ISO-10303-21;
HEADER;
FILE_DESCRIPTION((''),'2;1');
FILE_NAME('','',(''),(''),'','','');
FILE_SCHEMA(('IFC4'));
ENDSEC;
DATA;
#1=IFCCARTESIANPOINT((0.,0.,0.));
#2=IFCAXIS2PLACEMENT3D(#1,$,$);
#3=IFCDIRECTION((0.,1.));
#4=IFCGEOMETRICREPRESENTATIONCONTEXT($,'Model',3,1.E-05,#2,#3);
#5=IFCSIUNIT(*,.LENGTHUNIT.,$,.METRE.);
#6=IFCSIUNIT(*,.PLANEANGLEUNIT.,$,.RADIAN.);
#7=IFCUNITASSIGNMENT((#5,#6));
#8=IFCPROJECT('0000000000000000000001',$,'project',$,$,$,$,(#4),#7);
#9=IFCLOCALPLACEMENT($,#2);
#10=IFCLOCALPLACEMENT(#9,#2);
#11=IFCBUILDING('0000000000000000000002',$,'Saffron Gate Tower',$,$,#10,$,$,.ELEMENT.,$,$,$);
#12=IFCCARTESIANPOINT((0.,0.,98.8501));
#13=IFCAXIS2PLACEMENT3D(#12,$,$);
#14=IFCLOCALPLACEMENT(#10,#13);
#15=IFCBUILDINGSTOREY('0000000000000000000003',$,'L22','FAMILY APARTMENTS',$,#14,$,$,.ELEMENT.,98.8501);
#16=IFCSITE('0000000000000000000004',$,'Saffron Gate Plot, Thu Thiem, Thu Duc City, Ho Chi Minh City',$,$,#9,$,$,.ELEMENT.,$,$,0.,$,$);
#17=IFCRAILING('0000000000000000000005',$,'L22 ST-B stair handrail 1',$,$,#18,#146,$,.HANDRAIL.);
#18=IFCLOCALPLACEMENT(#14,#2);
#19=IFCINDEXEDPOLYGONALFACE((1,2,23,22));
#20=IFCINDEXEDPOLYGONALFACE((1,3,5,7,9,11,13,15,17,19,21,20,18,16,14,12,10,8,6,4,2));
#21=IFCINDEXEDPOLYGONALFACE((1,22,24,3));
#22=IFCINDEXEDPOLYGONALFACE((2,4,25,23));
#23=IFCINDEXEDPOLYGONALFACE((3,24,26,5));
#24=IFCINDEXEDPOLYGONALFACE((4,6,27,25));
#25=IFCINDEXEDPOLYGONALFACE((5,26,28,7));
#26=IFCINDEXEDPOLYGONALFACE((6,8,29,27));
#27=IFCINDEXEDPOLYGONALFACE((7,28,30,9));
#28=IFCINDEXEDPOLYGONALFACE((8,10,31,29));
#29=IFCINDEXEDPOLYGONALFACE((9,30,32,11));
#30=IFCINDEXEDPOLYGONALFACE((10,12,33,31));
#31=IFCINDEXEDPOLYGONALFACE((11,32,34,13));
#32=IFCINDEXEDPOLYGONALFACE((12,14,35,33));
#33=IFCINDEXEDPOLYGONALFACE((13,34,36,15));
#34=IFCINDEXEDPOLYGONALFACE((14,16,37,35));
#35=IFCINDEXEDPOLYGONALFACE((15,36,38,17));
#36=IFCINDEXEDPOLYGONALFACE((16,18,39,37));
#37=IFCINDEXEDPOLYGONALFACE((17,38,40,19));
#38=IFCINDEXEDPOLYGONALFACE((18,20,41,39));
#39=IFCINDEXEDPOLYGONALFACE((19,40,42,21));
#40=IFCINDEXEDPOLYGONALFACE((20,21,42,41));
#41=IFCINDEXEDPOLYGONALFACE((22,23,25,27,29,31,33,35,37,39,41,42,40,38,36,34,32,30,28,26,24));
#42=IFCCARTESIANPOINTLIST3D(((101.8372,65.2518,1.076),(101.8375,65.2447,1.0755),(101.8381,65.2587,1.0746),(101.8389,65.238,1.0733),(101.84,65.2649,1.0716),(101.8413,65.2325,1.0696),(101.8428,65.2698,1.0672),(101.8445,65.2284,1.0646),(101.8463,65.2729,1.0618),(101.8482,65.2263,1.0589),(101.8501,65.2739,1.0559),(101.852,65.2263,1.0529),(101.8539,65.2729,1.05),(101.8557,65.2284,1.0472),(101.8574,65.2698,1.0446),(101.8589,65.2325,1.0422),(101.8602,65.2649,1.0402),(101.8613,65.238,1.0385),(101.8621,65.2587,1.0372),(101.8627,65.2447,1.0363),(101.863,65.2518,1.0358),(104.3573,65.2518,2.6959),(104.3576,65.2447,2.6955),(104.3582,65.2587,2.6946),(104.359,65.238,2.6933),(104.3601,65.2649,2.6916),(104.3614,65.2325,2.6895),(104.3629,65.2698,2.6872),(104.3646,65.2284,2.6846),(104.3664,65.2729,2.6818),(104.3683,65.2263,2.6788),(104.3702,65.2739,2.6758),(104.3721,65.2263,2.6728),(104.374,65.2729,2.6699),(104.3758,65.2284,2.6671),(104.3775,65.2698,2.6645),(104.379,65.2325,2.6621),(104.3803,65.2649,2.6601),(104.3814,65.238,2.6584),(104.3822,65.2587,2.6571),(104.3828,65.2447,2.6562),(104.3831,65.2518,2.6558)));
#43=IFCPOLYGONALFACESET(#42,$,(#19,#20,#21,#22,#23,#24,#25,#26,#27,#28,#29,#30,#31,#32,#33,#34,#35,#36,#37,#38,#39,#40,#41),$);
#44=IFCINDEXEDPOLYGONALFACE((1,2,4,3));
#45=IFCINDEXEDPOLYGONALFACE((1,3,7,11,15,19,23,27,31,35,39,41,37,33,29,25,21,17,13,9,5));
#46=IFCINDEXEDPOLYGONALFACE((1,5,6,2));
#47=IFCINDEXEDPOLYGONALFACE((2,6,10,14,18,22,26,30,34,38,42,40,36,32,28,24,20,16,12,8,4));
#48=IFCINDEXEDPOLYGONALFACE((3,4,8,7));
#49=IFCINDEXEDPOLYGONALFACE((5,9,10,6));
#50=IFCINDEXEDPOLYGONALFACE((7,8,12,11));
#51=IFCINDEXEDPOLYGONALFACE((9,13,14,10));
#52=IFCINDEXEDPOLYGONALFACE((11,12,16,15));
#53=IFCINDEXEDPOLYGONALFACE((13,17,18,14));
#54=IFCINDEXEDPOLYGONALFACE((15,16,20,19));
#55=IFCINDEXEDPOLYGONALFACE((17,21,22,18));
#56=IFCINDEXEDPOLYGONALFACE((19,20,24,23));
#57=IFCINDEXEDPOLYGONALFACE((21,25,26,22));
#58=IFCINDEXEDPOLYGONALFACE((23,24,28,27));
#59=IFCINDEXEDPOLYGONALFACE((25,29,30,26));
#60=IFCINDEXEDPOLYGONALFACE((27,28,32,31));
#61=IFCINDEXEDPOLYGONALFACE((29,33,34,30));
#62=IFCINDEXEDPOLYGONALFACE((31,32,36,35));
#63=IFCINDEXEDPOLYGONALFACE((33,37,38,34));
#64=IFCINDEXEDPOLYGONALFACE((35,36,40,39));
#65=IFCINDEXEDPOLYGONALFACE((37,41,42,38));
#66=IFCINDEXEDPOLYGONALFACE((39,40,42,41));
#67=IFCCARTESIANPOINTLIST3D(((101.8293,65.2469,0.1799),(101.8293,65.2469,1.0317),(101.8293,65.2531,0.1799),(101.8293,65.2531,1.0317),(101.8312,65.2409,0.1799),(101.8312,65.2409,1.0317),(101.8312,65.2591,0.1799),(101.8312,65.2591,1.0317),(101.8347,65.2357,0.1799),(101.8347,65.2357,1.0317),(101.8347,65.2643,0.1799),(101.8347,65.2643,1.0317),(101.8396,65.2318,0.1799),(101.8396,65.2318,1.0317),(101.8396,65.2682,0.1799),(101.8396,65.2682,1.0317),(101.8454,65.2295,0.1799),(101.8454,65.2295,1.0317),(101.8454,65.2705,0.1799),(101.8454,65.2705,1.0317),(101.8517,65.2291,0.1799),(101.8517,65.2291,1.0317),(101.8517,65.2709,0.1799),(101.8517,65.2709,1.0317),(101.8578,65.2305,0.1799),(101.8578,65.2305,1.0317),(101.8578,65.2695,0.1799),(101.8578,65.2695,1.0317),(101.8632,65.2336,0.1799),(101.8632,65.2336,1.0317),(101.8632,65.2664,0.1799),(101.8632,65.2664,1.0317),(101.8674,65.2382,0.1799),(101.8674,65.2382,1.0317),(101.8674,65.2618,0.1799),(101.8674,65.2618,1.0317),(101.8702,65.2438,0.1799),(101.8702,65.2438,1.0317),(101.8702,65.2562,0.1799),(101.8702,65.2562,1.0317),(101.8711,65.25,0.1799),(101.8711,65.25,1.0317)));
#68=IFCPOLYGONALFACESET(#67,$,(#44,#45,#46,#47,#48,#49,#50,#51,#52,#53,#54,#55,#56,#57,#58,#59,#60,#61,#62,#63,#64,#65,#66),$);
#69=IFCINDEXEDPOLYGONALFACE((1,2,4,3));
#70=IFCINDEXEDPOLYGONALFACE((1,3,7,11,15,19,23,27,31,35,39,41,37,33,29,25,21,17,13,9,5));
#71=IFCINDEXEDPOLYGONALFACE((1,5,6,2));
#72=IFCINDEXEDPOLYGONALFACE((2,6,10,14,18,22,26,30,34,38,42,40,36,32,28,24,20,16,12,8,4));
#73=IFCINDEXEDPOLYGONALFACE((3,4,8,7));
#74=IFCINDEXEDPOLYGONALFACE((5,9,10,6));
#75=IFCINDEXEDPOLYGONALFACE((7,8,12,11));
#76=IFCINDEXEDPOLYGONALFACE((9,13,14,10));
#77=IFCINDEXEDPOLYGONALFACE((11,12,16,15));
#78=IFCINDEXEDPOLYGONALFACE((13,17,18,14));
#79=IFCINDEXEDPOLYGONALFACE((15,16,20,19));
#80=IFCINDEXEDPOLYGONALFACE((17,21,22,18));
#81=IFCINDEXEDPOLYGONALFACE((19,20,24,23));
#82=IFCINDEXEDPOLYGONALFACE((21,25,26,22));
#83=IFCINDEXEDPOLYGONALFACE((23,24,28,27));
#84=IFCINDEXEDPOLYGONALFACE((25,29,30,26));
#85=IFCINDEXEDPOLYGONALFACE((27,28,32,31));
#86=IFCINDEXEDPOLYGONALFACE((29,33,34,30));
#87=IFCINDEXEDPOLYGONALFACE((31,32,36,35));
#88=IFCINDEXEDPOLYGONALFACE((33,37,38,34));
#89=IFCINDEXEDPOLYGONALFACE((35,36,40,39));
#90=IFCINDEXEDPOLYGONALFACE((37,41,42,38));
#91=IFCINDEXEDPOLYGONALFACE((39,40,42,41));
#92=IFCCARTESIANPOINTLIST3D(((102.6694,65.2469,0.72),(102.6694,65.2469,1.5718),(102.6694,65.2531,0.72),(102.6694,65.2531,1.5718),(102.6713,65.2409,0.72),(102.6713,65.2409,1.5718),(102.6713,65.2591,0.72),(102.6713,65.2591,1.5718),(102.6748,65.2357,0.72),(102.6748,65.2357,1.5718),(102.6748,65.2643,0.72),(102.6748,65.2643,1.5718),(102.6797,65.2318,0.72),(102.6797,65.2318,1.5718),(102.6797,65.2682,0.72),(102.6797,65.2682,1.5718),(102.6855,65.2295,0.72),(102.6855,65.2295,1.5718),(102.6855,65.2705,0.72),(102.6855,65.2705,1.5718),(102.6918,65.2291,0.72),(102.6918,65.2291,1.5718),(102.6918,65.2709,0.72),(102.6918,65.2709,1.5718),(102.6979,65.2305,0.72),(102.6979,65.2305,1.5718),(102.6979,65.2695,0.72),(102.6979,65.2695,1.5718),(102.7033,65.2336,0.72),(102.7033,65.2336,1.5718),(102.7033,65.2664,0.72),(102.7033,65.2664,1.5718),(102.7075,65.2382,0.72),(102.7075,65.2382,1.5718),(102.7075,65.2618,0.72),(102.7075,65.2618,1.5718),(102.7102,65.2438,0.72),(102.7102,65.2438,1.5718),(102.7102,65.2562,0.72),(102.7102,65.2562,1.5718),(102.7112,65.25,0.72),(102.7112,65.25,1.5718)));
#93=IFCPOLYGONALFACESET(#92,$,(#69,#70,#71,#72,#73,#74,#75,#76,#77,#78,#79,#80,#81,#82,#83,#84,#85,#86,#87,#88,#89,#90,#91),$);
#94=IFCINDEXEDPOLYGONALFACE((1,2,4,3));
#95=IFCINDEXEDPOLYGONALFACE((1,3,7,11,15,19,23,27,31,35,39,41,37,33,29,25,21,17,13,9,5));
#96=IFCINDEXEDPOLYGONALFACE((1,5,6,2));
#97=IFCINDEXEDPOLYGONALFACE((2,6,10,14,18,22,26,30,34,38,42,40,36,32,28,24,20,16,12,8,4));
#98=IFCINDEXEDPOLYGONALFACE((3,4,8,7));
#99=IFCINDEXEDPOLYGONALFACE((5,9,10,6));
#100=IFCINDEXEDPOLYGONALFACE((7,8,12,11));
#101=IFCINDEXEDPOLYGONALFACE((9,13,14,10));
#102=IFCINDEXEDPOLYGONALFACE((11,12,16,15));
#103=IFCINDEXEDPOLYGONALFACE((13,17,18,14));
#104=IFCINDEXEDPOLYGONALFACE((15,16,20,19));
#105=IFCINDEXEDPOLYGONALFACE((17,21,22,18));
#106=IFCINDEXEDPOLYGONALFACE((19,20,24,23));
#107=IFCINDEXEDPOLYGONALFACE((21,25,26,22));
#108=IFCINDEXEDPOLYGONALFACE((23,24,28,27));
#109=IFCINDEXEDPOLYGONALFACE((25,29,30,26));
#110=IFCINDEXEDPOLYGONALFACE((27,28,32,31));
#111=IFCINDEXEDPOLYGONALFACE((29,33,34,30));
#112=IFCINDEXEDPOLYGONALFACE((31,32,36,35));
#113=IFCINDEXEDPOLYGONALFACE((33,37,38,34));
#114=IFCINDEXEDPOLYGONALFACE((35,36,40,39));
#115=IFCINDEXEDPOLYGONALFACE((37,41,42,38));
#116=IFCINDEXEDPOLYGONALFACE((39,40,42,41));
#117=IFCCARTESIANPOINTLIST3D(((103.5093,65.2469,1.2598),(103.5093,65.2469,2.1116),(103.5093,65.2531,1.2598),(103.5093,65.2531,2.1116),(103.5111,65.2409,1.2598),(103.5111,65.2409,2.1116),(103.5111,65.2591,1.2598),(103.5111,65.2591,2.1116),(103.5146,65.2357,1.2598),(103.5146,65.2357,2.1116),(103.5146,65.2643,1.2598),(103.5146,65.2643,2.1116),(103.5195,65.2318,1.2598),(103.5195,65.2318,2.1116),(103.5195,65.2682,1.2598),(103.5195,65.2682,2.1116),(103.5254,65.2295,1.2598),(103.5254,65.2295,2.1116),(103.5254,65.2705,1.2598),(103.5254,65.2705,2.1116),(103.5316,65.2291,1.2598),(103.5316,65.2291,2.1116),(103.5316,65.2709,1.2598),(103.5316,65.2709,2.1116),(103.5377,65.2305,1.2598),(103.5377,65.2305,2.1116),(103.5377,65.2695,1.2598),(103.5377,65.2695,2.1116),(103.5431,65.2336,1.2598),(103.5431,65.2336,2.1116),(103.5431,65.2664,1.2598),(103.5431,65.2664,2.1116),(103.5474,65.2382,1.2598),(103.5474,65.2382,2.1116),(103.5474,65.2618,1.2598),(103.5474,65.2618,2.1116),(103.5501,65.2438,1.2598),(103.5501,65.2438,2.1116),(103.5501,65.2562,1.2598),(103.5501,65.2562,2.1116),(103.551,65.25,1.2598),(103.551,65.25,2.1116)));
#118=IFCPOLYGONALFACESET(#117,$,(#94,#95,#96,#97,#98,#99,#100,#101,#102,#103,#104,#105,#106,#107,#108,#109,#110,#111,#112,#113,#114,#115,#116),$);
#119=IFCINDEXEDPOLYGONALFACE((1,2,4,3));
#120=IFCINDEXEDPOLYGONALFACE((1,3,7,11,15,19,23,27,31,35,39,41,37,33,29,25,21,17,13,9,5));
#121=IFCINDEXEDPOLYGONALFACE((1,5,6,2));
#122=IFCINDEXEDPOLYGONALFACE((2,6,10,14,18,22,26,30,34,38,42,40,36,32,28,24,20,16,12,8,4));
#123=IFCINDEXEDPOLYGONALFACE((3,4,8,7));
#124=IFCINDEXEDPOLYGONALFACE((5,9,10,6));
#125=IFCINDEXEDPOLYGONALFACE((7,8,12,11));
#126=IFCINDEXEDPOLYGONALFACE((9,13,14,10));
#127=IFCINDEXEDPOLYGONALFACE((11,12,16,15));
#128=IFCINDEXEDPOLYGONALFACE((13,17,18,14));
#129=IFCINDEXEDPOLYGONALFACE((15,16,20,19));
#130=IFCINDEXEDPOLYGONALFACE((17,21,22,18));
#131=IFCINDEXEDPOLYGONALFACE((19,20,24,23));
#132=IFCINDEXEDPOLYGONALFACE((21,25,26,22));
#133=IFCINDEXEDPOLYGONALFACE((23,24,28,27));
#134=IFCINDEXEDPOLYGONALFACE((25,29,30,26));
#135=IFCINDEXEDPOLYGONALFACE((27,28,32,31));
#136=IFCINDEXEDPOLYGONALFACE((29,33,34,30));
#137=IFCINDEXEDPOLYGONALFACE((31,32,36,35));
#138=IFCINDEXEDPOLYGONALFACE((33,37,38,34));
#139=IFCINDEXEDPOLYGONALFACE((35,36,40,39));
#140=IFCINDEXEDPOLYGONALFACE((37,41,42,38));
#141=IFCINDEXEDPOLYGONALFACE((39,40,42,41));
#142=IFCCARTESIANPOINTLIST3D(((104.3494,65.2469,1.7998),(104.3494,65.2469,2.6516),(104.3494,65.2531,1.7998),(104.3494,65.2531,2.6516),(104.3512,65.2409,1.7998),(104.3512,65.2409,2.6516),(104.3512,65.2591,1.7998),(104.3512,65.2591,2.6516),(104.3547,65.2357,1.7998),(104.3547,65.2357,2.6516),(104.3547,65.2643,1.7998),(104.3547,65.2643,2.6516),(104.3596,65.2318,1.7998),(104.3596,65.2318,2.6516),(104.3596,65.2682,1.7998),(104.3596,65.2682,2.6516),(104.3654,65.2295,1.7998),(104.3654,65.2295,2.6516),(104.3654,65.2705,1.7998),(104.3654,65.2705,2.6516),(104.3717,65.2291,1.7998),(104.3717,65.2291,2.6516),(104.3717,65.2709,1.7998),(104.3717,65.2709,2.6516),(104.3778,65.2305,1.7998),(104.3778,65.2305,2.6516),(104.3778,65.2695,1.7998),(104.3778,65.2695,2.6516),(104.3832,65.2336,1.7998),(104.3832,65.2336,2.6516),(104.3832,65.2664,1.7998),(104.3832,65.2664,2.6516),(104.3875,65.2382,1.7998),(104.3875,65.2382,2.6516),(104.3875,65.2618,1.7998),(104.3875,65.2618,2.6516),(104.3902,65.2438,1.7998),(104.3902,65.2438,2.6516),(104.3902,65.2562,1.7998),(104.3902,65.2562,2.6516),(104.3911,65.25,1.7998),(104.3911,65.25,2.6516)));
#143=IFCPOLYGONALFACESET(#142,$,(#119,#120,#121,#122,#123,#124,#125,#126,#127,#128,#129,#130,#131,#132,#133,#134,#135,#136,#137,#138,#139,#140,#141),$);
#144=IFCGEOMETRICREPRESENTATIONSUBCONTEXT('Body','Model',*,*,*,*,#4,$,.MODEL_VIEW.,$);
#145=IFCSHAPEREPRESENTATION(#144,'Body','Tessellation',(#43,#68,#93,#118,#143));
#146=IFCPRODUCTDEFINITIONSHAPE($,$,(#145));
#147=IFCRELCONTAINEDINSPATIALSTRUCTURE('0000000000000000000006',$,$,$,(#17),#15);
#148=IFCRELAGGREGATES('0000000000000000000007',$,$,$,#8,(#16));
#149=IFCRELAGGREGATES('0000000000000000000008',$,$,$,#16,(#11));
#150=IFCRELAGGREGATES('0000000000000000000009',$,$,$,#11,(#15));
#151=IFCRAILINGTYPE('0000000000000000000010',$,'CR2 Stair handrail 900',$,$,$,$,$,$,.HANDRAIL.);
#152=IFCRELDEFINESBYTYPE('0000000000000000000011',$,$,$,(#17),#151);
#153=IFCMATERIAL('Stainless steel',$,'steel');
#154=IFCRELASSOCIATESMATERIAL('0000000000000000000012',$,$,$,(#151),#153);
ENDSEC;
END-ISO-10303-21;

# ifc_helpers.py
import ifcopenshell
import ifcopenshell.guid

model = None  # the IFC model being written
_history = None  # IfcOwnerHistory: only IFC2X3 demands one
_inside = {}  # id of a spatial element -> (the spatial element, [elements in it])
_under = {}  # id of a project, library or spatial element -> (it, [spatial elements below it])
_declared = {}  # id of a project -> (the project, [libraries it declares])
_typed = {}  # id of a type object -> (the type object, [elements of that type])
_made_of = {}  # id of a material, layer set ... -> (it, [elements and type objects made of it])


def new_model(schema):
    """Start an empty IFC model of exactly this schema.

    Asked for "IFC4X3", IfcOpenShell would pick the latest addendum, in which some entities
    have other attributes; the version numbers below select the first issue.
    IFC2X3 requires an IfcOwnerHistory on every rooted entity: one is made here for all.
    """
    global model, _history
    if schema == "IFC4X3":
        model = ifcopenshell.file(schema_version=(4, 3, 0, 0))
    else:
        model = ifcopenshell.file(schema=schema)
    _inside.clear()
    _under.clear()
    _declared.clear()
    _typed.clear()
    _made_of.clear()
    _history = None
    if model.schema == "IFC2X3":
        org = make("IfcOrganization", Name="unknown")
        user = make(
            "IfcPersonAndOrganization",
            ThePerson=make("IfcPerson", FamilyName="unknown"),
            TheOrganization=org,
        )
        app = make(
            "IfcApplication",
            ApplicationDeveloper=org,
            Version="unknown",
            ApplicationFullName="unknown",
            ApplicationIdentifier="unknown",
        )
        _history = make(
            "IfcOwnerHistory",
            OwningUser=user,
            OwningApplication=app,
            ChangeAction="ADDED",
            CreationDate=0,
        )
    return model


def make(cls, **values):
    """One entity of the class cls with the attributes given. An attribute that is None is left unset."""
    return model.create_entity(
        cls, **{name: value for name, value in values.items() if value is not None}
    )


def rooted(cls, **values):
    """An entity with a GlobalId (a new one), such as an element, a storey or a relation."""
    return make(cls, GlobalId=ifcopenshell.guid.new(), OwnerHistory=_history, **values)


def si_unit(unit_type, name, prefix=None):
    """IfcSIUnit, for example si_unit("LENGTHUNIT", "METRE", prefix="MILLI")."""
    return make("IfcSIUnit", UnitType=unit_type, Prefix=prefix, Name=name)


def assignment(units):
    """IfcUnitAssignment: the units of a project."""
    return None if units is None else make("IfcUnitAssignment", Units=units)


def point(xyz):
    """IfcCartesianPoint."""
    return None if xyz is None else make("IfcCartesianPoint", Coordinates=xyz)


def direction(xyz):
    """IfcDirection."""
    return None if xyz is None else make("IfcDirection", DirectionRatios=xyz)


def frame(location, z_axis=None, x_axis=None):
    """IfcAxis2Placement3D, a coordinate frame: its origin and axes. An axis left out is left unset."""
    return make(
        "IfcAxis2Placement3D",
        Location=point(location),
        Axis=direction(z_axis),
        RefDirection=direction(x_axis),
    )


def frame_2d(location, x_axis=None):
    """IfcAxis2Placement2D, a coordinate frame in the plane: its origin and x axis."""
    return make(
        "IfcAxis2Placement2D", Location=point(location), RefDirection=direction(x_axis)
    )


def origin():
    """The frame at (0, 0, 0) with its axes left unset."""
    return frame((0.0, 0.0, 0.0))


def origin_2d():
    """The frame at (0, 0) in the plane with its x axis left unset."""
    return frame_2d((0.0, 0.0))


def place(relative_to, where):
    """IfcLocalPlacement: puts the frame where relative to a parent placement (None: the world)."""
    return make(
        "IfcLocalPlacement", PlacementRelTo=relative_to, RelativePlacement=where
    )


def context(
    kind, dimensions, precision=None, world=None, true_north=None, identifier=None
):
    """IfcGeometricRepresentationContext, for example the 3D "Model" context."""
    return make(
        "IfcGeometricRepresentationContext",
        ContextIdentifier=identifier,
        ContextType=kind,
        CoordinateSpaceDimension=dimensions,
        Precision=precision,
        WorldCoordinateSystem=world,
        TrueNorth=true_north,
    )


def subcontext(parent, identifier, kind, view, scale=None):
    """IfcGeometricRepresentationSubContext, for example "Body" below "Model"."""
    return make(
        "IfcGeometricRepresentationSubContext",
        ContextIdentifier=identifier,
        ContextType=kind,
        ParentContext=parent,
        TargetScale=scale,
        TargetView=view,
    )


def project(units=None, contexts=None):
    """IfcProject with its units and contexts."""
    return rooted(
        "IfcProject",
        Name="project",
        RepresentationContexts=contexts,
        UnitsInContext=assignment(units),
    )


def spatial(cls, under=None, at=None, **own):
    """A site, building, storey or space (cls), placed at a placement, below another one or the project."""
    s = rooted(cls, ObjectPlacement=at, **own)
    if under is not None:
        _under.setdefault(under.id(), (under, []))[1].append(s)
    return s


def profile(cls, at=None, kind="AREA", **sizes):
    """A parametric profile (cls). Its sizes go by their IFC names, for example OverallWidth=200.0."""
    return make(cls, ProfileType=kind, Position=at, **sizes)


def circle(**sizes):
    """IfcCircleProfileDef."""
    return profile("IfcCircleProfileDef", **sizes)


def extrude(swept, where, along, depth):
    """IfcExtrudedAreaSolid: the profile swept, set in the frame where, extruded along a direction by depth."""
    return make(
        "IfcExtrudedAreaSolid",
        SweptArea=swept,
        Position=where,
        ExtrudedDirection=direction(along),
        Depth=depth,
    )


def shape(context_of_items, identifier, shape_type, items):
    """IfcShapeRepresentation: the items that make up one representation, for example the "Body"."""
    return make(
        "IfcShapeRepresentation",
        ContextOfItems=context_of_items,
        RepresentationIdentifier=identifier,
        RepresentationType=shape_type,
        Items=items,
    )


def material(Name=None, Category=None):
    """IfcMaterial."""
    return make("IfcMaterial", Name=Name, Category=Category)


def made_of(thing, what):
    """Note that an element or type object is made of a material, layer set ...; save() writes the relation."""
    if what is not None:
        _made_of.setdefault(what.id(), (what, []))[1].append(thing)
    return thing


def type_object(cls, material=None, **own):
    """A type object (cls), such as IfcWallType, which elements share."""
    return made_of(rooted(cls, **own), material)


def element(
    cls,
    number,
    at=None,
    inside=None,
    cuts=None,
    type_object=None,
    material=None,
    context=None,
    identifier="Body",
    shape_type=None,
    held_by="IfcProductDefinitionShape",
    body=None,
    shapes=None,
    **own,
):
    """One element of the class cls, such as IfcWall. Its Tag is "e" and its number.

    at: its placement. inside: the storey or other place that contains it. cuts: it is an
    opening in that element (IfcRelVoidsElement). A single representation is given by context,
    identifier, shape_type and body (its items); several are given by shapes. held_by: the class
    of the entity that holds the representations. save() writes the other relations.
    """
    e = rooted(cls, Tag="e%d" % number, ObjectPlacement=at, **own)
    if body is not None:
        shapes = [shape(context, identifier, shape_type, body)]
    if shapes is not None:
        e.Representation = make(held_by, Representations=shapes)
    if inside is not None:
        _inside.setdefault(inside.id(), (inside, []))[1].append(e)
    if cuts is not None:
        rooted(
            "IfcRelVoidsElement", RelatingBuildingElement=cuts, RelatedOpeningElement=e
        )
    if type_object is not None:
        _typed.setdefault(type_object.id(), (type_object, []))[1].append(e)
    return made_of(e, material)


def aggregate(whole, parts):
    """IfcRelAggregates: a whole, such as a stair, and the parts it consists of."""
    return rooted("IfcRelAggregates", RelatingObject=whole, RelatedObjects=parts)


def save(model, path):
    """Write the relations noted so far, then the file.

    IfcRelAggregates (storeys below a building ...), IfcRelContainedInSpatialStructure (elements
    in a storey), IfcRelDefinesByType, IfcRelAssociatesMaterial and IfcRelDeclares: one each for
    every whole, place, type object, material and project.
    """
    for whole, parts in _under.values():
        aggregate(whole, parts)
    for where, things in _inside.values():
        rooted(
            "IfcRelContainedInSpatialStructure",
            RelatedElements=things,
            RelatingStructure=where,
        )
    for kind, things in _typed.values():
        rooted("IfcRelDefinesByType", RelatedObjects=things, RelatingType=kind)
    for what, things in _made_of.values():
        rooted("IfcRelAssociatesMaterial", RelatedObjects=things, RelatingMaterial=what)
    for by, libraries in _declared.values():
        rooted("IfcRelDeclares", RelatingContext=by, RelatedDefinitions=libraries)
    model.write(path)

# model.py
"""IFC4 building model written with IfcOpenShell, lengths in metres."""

from ifc_helpers import new_model, si_unit, direction, frame, origin, origin_2d, place, context, subcontext, project, spatial, circle, extrude, material, type_object, element, save


model = new_model("IFC4")

# Units and contexts
model_context = context("Model", 3, precision=1e-05, world=origin(), true_north=direction((0.0, 1.0)))
body_context = subcontext(model_context, "Body", "Model", "MODEL_VIEW")
ifc_project = project(units=[si_unit("LENGTHUNIT", "METRE"), si_unit("PLANEANGLEUNIT", "RADIAN")], contexts=[model_context])

# Site, building, storey
site_placement = place(None, origin())
site = spatial("IfcSite", under=ifc_project, at=site_placement, Name="Saffron Gate Plot, Thu Thiem, Thu Duc City, Ho Chi Minh City", CompositionType="ELEMENT", RefElevation=0.0)
building_placement = place(site_placement, origin())
building = spatial("IfcBuilding", under=site, at=building_placement, Name="Saffron Gate Tower", CompositionType="ELEMENT")
storey_placement = place(building_placement, frame((0.0, 0.0, 98.8501)))
storey = spatial("IfcBuildingStorey", under=building, at=storey_placement, Name="L22", Description="FAMILY APARTMENTS", CompositionType="ELEMENT", Elevation=98.8501)

# Railing
ifc_material_1 = material(Name="Stainless steel", Category="steel")
railing_type_1 = type_object("IfcRailingType", Name="CR2 Stair handrail 900", PredefinedType="HANDRAIL", material=ifc_material_1)
railing_1_placement = place(storey_placement, frame((101.8501, 65.25, 0.1799)))
element("IfcRailing", 1, at=railing_1_placement, inside=storey, type_object=railing_type_1, Name="L22 ST-B stair handrail 1", PredefinedType="HANDRAIL", context=body_context, shape_type="SweptSolid", body=[
    extrude(circle(Radius=0.0239, at=origin_2d()), frame((0.0, 0.0, 0.876), z_axis=(0.8412, 0.0, 0.540725), x_axis=(0.0, 1.0, 0.0)), (0.0, 0.0, 1.0), 2.9958),
    extrude(circle(Radius=0.021, at=origin_2d()), origin(), (0.0, 0.0, 1.0), 0.8518),
    extrude(circle(Radius=0.021, at=origin_2d()), frame((0.8401, 0.0, 0.54)), (0.0, 0.0, 1.0), 0.8518),
    extrude(circle(Radius=0.021, at=origin_2d()), frame((1.6799, 0.0, 1.0798)), (0.0, 0.0, 1.0), 0.8518),
    extrude(circle(Radius=0.021, at=origin_2d()), frame((2.52, 0.0, 1.6199)), (0.0, 0.0, 1.0), 0.8518),
])

save(model, "model.ifc")
